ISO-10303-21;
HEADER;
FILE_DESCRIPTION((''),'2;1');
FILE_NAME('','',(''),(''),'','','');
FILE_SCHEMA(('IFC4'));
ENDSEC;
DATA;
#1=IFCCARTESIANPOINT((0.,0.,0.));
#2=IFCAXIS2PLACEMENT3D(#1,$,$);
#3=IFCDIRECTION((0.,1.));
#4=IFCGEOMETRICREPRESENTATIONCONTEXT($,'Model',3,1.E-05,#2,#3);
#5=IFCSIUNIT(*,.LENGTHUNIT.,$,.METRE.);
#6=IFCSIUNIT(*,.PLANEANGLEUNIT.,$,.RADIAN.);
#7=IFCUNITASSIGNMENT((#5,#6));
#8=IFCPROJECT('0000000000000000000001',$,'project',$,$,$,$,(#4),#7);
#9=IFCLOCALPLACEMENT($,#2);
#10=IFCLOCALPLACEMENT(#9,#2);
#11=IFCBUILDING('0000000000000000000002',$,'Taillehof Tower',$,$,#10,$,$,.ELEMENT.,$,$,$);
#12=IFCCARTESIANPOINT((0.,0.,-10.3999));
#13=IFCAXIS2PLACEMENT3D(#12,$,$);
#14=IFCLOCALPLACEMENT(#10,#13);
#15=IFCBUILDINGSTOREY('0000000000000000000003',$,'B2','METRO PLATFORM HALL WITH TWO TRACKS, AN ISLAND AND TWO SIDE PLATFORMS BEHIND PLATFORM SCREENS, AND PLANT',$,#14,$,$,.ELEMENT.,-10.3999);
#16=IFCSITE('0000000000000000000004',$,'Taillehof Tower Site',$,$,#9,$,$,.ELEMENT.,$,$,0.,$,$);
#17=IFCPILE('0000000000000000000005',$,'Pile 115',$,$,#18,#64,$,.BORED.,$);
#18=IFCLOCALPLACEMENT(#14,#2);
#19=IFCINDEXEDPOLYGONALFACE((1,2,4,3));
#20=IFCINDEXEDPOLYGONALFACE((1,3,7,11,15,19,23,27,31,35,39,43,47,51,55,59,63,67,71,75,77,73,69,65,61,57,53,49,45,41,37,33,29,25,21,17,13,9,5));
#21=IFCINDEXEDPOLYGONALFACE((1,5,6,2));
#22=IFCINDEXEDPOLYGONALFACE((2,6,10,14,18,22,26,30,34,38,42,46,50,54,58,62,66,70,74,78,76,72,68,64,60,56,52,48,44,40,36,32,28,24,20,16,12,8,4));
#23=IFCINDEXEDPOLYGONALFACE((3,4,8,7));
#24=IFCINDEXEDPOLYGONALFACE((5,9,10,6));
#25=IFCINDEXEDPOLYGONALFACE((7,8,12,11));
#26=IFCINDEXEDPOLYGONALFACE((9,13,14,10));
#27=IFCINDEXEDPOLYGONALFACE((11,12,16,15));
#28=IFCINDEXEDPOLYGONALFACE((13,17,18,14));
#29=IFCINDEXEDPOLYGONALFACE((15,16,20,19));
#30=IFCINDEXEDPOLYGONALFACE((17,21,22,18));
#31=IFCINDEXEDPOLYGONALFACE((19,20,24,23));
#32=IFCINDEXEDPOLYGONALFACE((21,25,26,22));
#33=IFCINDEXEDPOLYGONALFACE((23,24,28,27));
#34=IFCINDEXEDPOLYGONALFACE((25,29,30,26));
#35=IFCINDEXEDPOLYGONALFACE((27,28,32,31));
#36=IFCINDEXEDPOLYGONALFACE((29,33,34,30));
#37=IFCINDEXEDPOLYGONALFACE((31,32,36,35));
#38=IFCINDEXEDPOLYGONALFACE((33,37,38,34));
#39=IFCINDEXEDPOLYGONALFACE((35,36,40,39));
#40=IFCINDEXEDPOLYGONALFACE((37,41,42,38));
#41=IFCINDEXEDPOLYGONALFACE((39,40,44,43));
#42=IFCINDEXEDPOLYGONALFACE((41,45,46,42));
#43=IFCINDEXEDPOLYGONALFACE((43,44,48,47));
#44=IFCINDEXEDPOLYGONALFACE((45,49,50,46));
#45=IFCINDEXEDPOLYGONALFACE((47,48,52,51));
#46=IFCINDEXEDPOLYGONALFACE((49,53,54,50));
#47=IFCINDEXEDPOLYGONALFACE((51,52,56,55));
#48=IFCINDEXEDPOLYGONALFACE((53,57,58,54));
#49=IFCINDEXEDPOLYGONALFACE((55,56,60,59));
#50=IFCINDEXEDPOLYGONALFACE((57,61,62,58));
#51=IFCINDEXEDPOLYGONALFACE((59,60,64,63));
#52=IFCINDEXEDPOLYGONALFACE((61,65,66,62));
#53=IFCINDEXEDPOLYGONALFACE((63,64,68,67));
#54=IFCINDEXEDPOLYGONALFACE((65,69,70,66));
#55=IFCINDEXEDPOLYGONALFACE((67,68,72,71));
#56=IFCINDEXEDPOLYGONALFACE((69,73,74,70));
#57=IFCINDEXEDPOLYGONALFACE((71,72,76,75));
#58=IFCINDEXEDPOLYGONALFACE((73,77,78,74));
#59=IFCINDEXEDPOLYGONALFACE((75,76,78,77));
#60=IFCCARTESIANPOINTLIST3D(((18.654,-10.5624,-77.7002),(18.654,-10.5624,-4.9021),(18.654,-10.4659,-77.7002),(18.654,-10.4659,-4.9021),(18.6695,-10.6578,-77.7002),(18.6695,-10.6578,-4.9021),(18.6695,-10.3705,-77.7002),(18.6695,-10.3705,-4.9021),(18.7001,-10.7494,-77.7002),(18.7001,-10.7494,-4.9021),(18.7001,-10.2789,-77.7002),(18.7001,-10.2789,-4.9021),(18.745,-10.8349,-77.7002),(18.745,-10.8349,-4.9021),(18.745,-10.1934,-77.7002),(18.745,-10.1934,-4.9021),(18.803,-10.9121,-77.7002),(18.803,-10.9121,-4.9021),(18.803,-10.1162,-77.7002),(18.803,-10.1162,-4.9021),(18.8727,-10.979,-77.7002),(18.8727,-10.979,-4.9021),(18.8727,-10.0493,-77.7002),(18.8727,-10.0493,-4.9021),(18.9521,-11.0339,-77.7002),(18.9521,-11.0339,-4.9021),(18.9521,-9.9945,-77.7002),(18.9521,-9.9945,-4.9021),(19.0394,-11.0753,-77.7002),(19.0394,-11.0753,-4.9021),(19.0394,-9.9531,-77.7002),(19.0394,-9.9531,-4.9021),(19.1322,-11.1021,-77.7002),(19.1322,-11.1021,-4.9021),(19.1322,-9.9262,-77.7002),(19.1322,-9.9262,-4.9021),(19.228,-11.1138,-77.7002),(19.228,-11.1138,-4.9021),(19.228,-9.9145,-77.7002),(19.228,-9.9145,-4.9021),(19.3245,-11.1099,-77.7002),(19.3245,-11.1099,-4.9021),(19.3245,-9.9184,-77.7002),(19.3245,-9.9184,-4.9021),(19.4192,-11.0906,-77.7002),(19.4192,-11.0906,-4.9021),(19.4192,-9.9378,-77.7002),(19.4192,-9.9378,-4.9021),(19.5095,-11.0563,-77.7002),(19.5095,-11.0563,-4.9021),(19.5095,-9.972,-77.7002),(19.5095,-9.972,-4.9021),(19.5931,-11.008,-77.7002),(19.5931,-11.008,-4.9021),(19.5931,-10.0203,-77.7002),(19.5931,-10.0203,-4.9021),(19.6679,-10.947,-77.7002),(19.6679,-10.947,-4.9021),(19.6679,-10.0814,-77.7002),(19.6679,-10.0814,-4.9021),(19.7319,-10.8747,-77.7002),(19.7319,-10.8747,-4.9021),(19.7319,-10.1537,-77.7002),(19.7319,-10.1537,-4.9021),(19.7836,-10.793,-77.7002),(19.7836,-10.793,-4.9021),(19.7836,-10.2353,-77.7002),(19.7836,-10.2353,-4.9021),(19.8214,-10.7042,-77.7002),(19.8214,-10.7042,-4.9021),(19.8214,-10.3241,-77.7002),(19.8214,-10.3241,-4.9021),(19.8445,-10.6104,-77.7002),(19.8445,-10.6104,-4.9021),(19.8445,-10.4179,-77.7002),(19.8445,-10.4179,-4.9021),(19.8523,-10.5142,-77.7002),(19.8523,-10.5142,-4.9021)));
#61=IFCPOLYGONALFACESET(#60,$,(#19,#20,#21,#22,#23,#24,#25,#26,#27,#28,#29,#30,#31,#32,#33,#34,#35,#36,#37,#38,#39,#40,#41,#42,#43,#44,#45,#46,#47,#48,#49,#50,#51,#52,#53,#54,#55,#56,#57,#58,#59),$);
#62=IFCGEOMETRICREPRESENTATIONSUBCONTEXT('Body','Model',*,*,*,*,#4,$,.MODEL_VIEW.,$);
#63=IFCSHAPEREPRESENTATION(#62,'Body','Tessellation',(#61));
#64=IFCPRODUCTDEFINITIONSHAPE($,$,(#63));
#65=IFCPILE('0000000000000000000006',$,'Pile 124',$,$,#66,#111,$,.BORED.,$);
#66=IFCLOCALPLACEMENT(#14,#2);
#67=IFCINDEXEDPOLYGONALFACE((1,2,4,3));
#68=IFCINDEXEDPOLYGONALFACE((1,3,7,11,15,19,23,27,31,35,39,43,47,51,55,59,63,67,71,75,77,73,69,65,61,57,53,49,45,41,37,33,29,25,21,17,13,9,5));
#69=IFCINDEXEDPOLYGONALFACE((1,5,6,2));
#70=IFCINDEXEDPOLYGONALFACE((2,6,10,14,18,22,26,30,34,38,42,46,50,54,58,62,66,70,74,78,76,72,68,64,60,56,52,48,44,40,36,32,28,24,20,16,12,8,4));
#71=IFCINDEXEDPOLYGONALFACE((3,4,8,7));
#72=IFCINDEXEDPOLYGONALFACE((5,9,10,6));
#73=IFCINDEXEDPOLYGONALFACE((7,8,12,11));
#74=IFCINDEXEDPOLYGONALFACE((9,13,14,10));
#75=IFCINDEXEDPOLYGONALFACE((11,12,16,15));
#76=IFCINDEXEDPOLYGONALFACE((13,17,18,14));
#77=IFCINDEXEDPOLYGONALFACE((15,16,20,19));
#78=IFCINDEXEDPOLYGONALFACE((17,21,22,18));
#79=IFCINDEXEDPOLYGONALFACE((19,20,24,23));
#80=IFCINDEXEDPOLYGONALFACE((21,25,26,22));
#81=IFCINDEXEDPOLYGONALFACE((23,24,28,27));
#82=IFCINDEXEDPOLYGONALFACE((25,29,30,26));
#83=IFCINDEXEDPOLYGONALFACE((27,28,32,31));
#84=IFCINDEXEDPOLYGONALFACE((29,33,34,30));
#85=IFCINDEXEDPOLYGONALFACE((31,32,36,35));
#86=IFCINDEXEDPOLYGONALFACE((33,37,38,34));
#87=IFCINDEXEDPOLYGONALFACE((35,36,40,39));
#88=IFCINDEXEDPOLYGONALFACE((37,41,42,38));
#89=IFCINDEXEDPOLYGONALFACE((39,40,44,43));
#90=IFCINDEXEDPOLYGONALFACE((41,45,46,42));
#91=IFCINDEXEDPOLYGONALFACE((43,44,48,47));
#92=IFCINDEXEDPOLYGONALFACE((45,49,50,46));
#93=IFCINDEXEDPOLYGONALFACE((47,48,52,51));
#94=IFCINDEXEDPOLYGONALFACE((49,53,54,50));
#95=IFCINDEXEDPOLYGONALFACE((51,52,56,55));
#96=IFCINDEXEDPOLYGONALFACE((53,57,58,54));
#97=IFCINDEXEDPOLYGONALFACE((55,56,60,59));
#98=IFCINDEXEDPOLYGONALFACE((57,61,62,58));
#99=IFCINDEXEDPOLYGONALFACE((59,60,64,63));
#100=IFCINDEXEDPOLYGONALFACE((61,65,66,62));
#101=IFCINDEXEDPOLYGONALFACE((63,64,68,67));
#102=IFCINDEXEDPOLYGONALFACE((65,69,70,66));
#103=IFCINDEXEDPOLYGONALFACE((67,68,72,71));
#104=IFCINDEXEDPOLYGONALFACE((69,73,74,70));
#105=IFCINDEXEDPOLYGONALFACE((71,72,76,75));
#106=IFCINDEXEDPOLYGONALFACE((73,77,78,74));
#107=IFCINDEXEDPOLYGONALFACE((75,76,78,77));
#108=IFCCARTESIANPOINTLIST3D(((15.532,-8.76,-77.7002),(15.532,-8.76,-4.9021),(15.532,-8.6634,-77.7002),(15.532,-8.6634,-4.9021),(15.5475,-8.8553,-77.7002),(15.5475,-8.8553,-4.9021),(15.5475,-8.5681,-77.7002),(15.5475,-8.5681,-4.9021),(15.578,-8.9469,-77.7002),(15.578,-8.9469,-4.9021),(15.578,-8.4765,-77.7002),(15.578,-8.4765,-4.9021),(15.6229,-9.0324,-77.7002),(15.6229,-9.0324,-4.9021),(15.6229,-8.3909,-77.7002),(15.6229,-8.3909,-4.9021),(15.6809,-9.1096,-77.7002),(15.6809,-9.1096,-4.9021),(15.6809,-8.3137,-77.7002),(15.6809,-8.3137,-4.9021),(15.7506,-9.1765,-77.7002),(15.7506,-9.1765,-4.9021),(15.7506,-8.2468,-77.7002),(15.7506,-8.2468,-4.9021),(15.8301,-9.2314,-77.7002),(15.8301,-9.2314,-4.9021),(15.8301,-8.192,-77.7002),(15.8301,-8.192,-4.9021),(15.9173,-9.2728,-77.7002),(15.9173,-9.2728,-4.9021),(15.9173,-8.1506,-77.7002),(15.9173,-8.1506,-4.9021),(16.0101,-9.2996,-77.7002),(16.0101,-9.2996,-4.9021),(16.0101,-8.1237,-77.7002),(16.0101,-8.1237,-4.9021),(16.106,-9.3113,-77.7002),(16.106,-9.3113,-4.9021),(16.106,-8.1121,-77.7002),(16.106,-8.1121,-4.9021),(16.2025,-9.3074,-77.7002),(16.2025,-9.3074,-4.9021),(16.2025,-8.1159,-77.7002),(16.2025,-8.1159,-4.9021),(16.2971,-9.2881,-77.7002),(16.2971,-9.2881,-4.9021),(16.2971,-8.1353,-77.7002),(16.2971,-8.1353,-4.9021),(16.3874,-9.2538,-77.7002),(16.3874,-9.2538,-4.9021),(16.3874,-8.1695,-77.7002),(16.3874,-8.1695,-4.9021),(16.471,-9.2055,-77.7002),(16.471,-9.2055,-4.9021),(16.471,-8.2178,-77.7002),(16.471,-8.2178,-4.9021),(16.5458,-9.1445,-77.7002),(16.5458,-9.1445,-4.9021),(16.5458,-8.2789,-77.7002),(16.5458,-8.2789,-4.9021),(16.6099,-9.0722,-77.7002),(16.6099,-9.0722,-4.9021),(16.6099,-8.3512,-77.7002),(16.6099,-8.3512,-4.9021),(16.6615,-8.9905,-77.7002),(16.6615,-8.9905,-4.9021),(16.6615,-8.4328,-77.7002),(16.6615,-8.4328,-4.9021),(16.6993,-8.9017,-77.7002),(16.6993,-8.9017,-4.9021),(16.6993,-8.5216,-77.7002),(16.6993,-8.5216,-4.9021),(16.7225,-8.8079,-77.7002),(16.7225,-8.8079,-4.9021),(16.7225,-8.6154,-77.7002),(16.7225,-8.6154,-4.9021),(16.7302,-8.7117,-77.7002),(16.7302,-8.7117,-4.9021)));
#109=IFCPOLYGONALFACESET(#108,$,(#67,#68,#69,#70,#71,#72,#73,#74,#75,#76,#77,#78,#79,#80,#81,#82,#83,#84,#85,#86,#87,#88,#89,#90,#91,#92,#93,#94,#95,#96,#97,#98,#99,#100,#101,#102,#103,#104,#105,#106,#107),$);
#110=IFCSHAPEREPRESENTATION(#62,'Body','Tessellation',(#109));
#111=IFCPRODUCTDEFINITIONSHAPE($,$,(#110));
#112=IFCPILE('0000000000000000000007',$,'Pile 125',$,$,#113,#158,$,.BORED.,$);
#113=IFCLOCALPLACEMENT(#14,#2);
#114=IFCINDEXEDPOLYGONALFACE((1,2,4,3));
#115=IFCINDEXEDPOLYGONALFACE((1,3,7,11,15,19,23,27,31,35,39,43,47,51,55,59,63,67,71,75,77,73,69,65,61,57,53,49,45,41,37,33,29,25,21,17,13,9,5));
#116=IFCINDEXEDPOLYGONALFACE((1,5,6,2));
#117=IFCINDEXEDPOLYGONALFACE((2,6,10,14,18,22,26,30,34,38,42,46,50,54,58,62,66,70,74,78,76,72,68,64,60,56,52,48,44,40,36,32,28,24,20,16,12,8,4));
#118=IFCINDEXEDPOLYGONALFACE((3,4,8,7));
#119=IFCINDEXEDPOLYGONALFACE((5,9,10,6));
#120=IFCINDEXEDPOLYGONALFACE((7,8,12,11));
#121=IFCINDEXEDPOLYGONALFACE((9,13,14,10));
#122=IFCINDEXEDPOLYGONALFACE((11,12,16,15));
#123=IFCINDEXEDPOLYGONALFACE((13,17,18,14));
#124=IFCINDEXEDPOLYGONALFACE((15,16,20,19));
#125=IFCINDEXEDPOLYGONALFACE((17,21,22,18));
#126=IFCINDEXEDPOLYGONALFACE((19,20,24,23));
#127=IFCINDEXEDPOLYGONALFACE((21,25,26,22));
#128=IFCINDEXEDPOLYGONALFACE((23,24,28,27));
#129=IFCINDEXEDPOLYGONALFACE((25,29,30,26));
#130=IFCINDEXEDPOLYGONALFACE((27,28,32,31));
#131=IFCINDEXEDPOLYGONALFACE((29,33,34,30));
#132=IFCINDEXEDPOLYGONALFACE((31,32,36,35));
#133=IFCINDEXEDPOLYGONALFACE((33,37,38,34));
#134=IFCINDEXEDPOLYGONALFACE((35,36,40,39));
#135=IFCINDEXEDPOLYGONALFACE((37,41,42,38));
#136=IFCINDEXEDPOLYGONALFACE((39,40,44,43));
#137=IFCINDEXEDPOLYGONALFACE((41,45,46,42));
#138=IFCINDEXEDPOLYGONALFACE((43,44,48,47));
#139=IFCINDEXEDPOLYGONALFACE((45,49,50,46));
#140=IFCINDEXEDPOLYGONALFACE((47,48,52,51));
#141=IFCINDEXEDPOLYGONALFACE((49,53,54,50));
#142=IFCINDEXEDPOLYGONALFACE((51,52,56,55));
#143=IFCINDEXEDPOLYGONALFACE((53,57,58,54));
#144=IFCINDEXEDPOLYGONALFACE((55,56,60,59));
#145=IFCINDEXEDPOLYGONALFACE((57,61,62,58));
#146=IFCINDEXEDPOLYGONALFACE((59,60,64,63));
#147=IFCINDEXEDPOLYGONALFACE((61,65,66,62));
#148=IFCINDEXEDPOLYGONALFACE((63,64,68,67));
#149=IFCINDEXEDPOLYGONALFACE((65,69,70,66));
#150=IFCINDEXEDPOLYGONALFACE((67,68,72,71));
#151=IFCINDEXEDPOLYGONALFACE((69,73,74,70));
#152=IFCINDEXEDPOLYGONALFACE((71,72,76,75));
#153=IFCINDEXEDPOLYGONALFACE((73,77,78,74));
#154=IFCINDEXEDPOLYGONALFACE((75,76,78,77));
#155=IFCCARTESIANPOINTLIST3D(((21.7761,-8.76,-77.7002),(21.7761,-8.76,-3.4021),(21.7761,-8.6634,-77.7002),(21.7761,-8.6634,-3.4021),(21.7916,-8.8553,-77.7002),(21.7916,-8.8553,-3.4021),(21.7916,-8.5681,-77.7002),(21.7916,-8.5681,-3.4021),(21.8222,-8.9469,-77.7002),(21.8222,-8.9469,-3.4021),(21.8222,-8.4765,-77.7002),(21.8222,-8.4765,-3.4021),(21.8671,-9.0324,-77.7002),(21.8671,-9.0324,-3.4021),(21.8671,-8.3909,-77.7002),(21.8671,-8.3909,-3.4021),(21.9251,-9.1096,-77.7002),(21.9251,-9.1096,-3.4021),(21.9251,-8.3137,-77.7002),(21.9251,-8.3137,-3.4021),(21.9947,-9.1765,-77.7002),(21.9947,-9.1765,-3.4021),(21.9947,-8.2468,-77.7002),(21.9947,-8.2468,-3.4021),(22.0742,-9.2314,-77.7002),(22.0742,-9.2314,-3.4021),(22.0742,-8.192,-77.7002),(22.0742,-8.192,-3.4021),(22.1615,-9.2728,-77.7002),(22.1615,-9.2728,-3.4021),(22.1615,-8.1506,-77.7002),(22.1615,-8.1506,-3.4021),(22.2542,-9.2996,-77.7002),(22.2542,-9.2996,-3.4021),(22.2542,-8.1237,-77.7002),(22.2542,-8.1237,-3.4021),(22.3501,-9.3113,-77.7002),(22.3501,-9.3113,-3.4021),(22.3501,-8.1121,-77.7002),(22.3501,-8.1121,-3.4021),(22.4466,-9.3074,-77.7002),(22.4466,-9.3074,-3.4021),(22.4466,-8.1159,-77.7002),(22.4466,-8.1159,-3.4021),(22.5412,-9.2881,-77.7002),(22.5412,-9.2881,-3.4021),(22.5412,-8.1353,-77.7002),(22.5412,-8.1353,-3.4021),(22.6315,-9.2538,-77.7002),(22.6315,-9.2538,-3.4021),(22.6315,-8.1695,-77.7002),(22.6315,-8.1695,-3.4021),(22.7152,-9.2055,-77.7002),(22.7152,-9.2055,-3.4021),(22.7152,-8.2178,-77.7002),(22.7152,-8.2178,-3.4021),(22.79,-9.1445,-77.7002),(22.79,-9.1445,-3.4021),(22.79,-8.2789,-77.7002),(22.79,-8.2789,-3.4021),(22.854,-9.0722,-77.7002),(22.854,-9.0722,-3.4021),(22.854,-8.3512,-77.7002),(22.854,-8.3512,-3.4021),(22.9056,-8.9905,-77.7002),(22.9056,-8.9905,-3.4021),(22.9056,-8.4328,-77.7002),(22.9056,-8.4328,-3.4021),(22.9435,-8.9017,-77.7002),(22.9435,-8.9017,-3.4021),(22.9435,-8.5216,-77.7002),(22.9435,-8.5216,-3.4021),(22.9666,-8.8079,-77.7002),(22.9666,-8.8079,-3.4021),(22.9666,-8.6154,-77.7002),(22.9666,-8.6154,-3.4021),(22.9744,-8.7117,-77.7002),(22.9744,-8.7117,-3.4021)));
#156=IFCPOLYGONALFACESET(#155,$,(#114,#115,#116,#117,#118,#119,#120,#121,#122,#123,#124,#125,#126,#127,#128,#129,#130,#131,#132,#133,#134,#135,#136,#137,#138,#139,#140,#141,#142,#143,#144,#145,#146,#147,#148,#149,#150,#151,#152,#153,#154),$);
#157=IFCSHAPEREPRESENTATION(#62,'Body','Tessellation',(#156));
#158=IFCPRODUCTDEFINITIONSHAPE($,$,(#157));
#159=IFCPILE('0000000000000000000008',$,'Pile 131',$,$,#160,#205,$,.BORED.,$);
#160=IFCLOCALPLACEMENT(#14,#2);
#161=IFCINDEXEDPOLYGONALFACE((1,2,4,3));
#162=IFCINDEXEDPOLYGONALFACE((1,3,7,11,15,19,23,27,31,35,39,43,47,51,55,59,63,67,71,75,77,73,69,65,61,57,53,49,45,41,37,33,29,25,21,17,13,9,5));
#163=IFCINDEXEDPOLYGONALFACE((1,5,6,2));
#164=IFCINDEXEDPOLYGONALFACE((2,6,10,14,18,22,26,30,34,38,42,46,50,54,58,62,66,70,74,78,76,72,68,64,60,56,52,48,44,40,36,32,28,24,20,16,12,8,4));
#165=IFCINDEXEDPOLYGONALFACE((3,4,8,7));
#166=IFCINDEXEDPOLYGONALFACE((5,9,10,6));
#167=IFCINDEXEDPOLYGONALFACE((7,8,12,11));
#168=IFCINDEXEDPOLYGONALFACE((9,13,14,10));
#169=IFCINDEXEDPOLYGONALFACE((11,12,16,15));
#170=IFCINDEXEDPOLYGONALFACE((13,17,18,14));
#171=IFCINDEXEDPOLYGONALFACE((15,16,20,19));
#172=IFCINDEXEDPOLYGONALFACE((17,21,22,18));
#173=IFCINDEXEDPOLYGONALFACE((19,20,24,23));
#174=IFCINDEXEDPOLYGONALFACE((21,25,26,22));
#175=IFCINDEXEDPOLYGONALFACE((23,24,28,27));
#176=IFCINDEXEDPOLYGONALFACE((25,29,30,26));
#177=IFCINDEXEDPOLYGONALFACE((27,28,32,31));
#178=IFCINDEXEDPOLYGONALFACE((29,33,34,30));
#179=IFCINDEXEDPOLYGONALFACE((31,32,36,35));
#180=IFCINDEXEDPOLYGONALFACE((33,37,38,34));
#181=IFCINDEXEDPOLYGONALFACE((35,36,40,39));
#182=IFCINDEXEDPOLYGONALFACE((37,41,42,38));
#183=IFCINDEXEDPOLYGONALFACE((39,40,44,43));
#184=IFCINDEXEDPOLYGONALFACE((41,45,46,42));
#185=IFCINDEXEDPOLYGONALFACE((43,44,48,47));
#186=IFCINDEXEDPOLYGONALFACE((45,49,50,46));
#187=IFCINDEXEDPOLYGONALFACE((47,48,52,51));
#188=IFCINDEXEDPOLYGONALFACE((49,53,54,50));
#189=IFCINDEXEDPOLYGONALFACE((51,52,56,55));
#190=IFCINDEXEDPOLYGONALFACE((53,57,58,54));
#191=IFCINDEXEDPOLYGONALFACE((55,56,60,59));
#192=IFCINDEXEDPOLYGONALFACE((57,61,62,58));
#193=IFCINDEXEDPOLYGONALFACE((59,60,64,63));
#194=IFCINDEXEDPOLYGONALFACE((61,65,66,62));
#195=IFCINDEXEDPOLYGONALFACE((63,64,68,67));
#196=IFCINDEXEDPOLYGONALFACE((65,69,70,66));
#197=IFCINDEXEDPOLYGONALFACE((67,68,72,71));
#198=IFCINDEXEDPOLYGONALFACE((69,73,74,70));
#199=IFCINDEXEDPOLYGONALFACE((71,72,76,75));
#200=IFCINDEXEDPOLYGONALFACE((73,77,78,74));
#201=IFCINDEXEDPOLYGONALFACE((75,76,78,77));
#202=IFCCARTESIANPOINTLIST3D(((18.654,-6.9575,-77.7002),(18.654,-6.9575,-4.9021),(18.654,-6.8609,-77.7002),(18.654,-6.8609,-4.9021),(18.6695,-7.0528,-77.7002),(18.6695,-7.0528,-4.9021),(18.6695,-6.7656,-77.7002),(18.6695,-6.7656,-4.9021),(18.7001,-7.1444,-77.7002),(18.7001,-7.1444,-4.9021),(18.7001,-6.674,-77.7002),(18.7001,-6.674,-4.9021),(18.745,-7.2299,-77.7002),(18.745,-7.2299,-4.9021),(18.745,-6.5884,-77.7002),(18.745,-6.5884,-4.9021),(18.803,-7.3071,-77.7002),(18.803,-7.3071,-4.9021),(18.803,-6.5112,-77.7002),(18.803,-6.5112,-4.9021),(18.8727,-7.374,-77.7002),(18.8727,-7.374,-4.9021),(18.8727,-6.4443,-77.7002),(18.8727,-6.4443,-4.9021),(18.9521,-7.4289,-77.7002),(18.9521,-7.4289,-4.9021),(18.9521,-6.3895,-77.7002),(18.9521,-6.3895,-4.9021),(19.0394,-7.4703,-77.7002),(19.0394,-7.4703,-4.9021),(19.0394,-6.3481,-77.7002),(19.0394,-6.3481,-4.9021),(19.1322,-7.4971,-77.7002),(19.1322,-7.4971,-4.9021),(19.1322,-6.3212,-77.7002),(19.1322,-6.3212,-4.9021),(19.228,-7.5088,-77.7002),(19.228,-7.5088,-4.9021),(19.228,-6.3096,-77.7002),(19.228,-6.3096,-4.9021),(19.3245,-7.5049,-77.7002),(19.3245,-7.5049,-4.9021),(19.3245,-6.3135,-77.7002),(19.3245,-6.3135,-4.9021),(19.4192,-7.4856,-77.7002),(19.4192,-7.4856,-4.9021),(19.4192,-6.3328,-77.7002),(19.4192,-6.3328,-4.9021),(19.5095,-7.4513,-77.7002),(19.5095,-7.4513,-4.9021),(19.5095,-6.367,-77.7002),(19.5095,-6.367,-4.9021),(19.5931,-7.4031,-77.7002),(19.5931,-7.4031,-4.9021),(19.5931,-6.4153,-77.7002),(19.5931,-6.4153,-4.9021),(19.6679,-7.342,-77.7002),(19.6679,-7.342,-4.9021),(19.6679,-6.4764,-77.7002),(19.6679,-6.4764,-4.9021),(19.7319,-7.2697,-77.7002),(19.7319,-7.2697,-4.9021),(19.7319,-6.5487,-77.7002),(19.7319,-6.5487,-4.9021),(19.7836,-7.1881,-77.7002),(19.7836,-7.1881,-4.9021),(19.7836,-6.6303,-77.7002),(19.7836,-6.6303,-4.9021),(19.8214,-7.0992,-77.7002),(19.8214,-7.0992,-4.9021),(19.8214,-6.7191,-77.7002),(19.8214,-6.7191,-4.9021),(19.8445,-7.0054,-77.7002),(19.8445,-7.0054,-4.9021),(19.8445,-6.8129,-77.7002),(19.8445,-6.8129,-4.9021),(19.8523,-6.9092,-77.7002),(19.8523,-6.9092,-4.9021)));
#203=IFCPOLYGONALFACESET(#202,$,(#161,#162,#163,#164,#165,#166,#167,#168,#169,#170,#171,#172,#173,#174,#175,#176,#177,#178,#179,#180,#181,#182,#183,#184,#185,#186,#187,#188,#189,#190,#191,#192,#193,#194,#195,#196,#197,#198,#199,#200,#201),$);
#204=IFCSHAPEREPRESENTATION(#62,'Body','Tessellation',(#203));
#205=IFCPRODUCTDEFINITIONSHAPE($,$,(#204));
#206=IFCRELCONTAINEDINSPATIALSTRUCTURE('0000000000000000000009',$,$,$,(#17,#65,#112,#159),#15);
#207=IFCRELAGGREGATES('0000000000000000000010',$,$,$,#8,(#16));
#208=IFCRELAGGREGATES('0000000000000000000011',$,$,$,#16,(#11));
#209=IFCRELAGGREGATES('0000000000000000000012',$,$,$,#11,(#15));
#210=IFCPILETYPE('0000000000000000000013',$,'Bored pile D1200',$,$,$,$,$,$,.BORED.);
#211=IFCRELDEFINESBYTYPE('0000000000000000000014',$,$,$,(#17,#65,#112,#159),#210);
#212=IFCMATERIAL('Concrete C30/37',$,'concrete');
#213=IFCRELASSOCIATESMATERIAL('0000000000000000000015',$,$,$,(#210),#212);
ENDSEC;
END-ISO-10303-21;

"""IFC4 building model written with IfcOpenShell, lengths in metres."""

from ifc_helpers import new_model, si_unit, direction, frame, origin, origin_2d, place, context, subcontext, project, spatial, circle, extrude, material, material_profile, profile_set, type_object, element, save


model = new_model("IFC4")

# Units and contexts
model_context = context("Model", 3, precision=1e-05, world=origin(), true_north=direction((0.0, 1.0)))
body_context = subcontext(model_context, "Body", "Model", "MODEL_VIEW")
ifc_project = project(units=[si_unit("LENGTHUNIT", "METRE"), si_unit("PLANEANGLEUNIT", "RADIAN")], contexts=[model_context])

# Site, building, storey
site_placement = place(None, origin())
site = spatial("IfcSite", under=ifc_project, at=site_placement, Name="Taillehof Tower Site", CompositionType="ELEMENT", RefElevation=0.0)
building_placement = place(site_placement, origin())
building = spatial("IfcBuilding", under=site, at=building_placement, Name="Taillehof Tower", CompositionType="ELEMENT")
storey_placement = place(building_placement, frame((0.0, 0.0, -10.3999)))
storey = spatial("IfcBuildingStorey", under=building, at=storey_placement, Name="B2", Description="METRO PLATFORM HALL WITH TWO TRACKS, AN ISLAND AND TWO SIDE PLATFORMS BEHIND PLATFORM SCREENS, AND PLANT", CompositionType="ELEMENT", Elevation=-10.3999)

# Piles
ifc_material_1 = material(Name="Concrete C30/37", Category="concrete")
ifc_material_profile_1 = material_profile(ifc_material_1, circle(Radius=0.6001, at=origin_2d()), Name="BP D1200")
ifc_profile_set_1 = profile_set([ifc_material_profile_1], Name="Concrete C30/37")
pile_type = type_object("IfcPileType", Name="Bored pile D1200", PredefinedType="BORED", material=ifc_profile_set_1)
for number, where, z_axis, x_axis, name in (
    (1, (19.2522, -10.5142, -4.9021), (0.0, 0.0, -1.0), (1.0, 0.0, 0.0), "Pile 115"),
    (2, (16.1301, -8.7117, -4.9021), (0.0, 0.0, -1.0), (1.0, 0.0, 0.0), "Pile 124"),
):
    element("IfcPile", number, at=place(storey_placement, frame(where, z_axis=z_axis, x_axis=x_axis)), inside=storey, type_object=pile_type, Name=name, PredefinedType="BORED", context=body_context, shape_type="SweptSolid", body=[
        extrude(circle(Radius=0.6001, at=origin_2d()), origin(), (0.0, 0.0, 1.0), 72.7981),
    ])
pile_1_placement = place(storey_placement, frame((22.3743, -8.7117, -3.4021), z_axis=(0.0, 0.0, -1.0), x_axis=(1.0, 0.0, 0.0)))
element("IfcPile", 3, at=pile_1_placement, inside=storey, type_object=pile_type, Name="Pile 125", PredefinedType="BORED", context=body_context, shape_type="SweptSolid", body=[
    extrude(circle(Radius=0.6001, at=origin_2d()), origin(), (0.0, 0.0, 1.0), 74.2981),
])
for number, where, z_axis, x_axis, name in (
    (4, (19.2522, -6.9092, -4.9021), (0.0, 0.0, -1.0), (1.0, 0.0, 0.0), "Pile 131"),
):
    element("IfcPile", number, at=place(storey_placement, frame(where, z_axis=z_axis, x_axis=x_axis)), inside=storey, type_object=pile_type, Name=name, PredefinedType="BORED", context=body_context, shape_type="SweptSolid", body=[
        extrude(circle(Radius=0.6001, at=origin_2d()), origin(), (0.0, 0.0, 1.0), 72.7981),
    ])

save(model, "model.ifc")
